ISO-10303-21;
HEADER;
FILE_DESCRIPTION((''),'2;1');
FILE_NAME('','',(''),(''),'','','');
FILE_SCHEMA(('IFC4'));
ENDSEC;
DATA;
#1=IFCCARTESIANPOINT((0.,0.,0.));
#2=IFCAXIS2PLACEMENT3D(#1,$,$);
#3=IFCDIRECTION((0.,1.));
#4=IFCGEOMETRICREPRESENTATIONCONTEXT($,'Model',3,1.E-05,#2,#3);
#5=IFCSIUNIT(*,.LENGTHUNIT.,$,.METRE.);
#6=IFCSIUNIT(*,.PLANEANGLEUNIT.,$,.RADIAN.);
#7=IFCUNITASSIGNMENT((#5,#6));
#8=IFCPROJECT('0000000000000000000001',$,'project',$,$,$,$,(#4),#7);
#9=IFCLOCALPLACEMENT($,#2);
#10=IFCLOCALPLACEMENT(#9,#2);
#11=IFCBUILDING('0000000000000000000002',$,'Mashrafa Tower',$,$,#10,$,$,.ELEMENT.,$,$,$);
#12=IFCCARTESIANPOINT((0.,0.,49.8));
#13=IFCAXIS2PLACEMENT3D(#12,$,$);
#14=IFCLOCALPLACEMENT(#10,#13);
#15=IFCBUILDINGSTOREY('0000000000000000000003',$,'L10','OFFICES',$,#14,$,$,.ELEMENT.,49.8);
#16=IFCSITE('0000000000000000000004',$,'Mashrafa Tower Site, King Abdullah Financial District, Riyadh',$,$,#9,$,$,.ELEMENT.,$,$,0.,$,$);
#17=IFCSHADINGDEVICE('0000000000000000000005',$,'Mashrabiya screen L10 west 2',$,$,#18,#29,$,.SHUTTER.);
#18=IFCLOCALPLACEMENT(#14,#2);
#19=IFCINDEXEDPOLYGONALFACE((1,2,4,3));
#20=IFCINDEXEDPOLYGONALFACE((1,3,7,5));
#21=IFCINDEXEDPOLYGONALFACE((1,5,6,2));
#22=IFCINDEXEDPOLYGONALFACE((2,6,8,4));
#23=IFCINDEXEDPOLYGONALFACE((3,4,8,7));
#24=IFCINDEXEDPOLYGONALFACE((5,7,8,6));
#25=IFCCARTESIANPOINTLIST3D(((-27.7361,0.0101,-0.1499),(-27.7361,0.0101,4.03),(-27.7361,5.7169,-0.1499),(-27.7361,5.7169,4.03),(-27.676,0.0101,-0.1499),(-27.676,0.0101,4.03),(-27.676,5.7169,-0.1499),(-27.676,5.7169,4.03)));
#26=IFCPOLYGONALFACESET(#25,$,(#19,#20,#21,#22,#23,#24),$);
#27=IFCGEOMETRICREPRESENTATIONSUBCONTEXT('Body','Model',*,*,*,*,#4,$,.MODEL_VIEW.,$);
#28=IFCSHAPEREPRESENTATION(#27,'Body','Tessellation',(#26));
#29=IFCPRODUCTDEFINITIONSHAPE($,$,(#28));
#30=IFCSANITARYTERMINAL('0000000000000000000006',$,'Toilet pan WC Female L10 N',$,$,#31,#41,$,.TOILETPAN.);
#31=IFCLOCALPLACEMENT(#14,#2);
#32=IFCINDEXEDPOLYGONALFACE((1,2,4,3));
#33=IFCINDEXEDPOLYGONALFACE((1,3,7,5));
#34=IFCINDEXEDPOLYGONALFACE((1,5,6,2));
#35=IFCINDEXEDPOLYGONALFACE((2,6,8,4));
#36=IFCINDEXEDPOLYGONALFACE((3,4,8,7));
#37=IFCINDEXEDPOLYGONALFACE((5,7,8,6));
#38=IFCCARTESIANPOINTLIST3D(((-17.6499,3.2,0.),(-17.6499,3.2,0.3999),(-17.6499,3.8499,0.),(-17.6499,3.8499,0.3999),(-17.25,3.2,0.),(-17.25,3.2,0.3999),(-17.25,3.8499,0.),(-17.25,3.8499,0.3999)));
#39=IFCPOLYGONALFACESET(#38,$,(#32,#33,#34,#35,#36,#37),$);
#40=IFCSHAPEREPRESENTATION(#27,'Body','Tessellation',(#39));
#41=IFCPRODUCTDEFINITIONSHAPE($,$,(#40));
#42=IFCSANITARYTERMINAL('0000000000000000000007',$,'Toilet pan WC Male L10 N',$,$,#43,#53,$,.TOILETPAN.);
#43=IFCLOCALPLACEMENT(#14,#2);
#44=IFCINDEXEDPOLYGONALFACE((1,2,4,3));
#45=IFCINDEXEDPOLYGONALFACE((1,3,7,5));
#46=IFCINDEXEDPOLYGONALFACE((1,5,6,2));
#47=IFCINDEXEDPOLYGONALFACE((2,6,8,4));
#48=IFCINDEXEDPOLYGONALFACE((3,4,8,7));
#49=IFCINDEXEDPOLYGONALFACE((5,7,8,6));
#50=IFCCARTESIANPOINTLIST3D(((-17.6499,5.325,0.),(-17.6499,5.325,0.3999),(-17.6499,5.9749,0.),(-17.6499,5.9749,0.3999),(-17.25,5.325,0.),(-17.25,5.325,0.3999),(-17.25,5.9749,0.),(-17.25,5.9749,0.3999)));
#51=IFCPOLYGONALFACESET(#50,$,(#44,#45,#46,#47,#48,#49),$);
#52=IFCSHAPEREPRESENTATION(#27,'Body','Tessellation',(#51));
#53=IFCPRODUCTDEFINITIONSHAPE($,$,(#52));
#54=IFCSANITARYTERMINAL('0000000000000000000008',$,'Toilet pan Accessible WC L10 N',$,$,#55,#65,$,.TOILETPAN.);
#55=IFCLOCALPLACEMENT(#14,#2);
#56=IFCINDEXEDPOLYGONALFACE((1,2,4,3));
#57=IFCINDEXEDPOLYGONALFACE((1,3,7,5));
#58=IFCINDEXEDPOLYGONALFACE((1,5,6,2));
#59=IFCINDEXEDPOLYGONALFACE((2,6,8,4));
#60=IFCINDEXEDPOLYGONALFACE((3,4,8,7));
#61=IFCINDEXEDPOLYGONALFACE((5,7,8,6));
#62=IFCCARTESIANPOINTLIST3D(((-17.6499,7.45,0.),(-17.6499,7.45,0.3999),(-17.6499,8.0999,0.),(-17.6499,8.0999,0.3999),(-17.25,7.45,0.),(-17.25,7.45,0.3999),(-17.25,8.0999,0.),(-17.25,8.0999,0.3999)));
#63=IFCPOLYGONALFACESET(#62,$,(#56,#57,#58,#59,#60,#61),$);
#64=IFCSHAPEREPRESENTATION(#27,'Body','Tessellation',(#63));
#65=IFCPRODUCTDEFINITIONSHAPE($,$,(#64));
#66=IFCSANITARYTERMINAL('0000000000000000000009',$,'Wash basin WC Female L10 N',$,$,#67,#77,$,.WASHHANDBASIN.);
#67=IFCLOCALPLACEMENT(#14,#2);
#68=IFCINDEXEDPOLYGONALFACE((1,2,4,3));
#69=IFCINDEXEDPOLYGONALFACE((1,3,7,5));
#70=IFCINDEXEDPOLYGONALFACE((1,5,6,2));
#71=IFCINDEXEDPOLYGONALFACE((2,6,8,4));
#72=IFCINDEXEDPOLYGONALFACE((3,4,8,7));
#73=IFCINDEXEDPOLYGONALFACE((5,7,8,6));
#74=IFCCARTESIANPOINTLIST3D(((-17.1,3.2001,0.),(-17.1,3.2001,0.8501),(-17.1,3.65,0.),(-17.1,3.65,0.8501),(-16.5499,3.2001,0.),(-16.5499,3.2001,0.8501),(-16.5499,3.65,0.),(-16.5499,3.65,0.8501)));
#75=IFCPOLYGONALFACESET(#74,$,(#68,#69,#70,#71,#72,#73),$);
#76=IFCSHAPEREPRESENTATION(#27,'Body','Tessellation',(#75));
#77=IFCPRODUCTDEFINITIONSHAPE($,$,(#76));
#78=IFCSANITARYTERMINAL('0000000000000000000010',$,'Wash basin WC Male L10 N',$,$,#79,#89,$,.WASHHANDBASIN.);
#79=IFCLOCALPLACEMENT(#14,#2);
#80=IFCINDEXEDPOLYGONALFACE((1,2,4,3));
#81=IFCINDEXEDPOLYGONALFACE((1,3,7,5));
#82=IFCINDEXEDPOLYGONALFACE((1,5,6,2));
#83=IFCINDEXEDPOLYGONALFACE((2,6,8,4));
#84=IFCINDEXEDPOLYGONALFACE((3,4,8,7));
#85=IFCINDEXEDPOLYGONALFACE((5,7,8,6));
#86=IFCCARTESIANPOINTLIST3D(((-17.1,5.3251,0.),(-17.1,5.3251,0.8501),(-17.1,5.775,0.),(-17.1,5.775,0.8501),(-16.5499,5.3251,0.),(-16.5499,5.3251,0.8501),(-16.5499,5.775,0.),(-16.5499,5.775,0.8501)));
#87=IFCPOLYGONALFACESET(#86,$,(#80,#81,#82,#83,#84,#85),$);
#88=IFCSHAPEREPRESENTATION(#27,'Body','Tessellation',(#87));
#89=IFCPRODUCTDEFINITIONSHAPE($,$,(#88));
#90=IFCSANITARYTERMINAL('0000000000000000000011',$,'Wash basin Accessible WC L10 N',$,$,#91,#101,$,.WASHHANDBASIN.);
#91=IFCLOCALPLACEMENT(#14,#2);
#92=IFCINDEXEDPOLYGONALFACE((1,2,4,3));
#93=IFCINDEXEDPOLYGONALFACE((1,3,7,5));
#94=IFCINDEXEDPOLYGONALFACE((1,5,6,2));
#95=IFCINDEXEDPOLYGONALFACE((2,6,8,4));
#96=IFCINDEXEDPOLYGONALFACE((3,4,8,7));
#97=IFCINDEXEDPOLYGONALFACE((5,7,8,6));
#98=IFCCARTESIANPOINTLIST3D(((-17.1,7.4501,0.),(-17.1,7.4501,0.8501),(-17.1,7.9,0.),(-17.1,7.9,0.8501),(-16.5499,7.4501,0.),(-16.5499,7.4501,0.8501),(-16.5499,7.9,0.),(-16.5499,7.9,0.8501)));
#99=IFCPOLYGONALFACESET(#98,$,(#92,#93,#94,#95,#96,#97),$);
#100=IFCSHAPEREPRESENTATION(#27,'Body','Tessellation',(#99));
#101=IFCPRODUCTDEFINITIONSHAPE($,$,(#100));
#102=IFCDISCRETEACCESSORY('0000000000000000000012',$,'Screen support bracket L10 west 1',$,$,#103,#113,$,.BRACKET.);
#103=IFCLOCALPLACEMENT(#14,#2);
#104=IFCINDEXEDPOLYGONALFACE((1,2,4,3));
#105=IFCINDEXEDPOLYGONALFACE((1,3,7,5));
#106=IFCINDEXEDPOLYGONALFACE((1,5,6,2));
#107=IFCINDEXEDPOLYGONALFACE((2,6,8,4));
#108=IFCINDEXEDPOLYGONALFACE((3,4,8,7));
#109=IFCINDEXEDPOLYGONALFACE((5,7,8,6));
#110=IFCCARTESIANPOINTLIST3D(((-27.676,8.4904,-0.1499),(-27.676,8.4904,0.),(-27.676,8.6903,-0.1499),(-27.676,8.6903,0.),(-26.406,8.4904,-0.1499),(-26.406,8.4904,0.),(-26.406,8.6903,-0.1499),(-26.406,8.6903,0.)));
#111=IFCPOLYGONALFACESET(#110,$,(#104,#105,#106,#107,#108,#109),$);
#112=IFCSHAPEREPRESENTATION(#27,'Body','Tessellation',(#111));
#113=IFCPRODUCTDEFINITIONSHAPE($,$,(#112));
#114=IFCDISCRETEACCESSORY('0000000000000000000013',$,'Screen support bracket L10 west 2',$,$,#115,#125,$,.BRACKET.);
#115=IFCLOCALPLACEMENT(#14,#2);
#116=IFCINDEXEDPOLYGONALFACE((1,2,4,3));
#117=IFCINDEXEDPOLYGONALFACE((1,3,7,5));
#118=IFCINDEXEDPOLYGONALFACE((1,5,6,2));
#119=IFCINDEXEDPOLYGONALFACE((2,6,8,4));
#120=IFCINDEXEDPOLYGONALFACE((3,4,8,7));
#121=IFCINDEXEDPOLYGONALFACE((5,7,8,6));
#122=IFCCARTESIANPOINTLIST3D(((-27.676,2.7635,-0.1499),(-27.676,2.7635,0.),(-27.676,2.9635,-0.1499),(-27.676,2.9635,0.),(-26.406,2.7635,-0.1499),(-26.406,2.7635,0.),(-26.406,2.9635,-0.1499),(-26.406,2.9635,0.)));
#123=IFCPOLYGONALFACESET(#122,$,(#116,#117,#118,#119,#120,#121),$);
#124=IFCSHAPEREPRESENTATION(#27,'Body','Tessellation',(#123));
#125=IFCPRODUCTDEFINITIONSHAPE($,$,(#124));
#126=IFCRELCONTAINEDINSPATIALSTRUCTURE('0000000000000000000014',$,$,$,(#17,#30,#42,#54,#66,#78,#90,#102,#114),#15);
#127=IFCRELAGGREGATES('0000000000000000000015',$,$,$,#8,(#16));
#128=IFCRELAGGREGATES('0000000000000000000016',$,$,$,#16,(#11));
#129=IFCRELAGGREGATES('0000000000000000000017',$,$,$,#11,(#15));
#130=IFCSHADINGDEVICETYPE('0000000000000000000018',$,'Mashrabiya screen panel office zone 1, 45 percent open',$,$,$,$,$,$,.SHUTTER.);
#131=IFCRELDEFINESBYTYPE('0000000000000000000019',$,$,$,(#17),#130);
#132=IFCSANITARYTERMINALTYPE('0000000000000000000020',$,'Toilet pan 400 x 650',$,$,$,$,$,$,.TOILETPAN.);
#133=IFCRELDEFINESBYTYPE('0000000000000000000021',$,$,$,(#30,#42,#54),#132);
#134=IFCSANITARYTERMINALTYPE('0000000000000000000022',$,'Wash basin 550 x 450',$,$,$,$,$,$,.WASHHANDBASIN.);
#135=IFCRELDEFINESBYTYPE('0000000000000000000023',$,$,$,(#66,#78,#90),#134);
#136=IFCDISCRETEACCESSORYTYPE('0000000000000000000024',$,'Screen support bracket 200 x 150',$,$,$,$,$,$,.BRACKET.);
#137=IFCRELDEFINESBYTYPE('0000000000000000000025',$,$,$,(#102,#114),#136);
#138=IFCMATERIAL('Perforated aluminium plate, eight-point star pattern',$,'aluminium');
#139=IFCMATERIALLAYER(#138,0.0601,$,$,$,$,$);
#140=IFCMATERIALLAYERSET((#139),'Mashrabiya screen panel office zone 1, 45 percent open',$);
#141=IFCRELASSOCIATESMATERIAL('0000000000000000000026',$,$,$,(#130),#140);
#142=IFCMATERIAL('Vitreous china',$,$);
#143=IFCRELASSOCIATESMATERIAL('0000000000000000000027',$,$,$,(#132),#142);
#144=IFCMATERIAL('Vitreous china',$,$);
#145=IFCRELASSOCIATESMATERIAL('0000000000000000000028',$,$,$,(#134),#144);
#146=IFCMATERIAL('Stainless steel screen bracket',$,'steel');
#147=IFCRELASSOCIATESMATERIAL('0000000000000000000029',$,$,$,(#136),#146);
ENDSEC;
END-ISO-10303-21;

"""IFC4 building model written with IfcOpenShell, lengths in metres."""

from ifc_helpers import new_model, si_unit, direction, frame, origin, origin_2d, place, context, subcontext, project, spatial, rectangle, extrude, source, transform, mapped, material, layer, layer_set, type_object, type_shapes, element, save


model = new_model("IFC4")

# Units and contexts
model_context = context("Model", 3, precision=1e-05, world=origin(), true_north=direction((0.0, 1.0)))
body_context = subcontext(model_context, "Body", "Model", "MODEL_VIEW")
ifc_project = project(units=[si_unit("LENGTHUNIT", "METRE"), si_unit("PLANEANGLEUNIT", "RADIAN")], contexts=[model_context])

# Site, building, storey
site_placement = place(None, origin())
site = spatial("IfcSite", under=ifc_project, at=site_placement, Name="Mashrafa Tower Site, King Abdullah Financial District, Riyadh", CompositionType="ELEMENT", RefElevation=0.0)
building_placement = place(site_placement, origin())
building = spatial("IfcBuilding", under=site, at=building_placement, Name="Mashrafa Tower", CompositionType="ELEMENT")
storey_placement = place(building_placement, frame((0.0, 0.0, 49.8)))
storey = spatial("IfcBuildingStorey", under=building, at=storey_placement, Name="L10", Description="OFFICES", CompositionType="ELEMENT", Elevation=49.8)

# Shading device
ifc_material_1 = material(Name="Perforated aluminium plate, eight-point star pattern", Category="aluminium")
ifc_layer_1 = layer(ifc_material_1, 0.0601)
ifc_layer_set_1 = layer_set([ifc_layer_1], Name="Mashrabiya screen panel office zone 1, 45 percent open")
shading_device_type = type_object("IfcShadingDeviceType", Name="Mashrabiya screen panel office zone 1, 45 percent open", PredefinedType="SHUTTER", material=ifc_layer_set_1)
shared_shape_1 = source(origin(), body_context, "Body", "SweptSolid", [
    extrude(rectangle(XDim=5.7068, YDim=0.0601, at=origin_2d()), origin(), (0.0, 0.0, 1.0), 4.1799),
])
type_shapes(shading_device_type, [shared_shape_1])
for number, where, z_axis, x_axis, name in (
    (1, (-27.7061, 2.8635, -0.1499), (0.0, 0.0, 1.0), (0.0, -1.0, 0.0), "Mashrabiya screen L10 west 2"),
):
    element("IfcShadingDevice", number, at=place(storey_placement, frame(where, z_axis=z_axis, x_axis=x_axis)), inside=storey, type_object=shading_device_type, Name=name, PredefinedType="SHUTTER", context=body_context, shape_type="MappedRepresentation", body=[
        mapped(shared_shape_1, transform((0.0, 0.0, 0.0))),
    ])

# Sanitary terminals
ifc_material_2 = material(Name="Vitreous china")
sanitary_terminal_type_1 = type_object("IfcSanitaryTerminalType", Name="Toilet pan 400 x 650", PredefinedType="TOILETPAN", material=ifc_material_2)
for number, where, z_axis, x_axis, name in (
    (2, (-17.45, 3.5249, 0.0), (0.0, 0.0, 1.0), (1.0, 0.0, 0.0), "Toilet pan WC Female L10 N"),
    (3, (-17.45, 5.6499, 0.0), (0.0, 0.0, 1.0), (1.0, 0.0, 0.0), "Toilet pan WC Male L10 N"),
    (4, (-17.45, 7.7749, 0.0), (0.0, 0.0, 1.0), (1.0, 0.0, 0.0), "Toilet pan Accessible WC L10 N"),
):
    element("IfcSanitaryTerminal", number, at=place(storey_placement, frame(where, z_axis=z_axis, x_axis=x_axis)), inside=storey, type_object=sanitary_terminal_type_1, Name=name, PredefinedType="TOILETPAN", context=body_context, shape_type="SweptSolid", body=[
        extrude(rectangle(XDim=0.3999, YDim=0.6499, at=origin_2d()), origin(), (0.0, 0.0, 1.0), 0.3999),
    ])
ifc_material_3 = material(Name="Vitreous china")
sanitary_terminal_type_2 = type_object("IfcSanitaryTerminalType", Name="Wash basin 550 x 450", PredefinedType="WASHHANDBASIN", material=ifc_material_3)
for number, where, z_axis, x_axis, name in (
    (5, (-16.825, 3.425, 0.0), (0.0, 0.0, 1.0), (1.0, 0.0, 0.0), "Wash basin WC Female L10 N"),
    (6, (-16.825, 5.55, 0.0), (0.0, 0.0, 1.0), (1.0, 0.0, 0.0), "Wash basin WC Male L10 N"),
    (7, (-16.825, 7.675, 0.0), (0.0, 0.0, 1.0), (1.0, 0.0, 0.0), "Wash basin Accessible WC L10 N"),
):
    element("IfcSanitaryTerminal", number, at=place(storey_placement, frame(where, z_axis=z_axis, x_axis=x_axis)), inside=storey, type_object=sanitary_terminal_type_2, Name=name, PredefinedType="WASHHANDBASIN", context=body_context, shape_type="SweptSolid", body=[
        extrude(rectangle(XDim=0.55, YDim=0.45, at=origin_2d()), origin(), (0.0, 0.0, 1.0), 0.8501),
    ])

# Discrete accessories
ifc_material_4 = material(Name="Stainless steel screen bracket", Category="steel")
discrete_accessory_type = type_object("IfcDiscreteAccessoryType", Name="Screen support bracket 200 x 150", PredefinedType="BRACKET", material=ifc_material_4)
shared_shape_2 = source(origin(), body_context, "Body", "SweptSolid", [
    extrude(rectangle(XDim=0.2, YDim=1.27, at=origin_2d()), origin(), (0.0, 0.0, 1.0), 0.1499),
])
type_shapes(discrete_accessory_type, [shared_shape_2])
for number, where, z_axis, x_axis, name in (
    (8, (-27.041, 8.5903, -0.1499), (0.0, 0.0, 1.0), (0.0, -1.0, 0.0), "Screen support bracket L10 west 1"),
    (9, (-27.041, 2.8635, -0.1499), (0.0, 0.0, 1.0), (0.0, -1.0, 0.0), "Screen support bracket L10 west 2"),
):
    element("IfcDiscreteAccessory", number, at=place(storey_placement, frame(where, z_axis=z_axis, x_axis=x_axis)), inside=storey, type_object=discrete_accessory_type, Name=name, PredefinedType="BRACKET", context=body_context, shape_type="MappedRepresentation", body=[
        mapped(shared_shape_2, transform((0.0, 0.0, 0.0))),
    ])

save(model, "model.ifc")
